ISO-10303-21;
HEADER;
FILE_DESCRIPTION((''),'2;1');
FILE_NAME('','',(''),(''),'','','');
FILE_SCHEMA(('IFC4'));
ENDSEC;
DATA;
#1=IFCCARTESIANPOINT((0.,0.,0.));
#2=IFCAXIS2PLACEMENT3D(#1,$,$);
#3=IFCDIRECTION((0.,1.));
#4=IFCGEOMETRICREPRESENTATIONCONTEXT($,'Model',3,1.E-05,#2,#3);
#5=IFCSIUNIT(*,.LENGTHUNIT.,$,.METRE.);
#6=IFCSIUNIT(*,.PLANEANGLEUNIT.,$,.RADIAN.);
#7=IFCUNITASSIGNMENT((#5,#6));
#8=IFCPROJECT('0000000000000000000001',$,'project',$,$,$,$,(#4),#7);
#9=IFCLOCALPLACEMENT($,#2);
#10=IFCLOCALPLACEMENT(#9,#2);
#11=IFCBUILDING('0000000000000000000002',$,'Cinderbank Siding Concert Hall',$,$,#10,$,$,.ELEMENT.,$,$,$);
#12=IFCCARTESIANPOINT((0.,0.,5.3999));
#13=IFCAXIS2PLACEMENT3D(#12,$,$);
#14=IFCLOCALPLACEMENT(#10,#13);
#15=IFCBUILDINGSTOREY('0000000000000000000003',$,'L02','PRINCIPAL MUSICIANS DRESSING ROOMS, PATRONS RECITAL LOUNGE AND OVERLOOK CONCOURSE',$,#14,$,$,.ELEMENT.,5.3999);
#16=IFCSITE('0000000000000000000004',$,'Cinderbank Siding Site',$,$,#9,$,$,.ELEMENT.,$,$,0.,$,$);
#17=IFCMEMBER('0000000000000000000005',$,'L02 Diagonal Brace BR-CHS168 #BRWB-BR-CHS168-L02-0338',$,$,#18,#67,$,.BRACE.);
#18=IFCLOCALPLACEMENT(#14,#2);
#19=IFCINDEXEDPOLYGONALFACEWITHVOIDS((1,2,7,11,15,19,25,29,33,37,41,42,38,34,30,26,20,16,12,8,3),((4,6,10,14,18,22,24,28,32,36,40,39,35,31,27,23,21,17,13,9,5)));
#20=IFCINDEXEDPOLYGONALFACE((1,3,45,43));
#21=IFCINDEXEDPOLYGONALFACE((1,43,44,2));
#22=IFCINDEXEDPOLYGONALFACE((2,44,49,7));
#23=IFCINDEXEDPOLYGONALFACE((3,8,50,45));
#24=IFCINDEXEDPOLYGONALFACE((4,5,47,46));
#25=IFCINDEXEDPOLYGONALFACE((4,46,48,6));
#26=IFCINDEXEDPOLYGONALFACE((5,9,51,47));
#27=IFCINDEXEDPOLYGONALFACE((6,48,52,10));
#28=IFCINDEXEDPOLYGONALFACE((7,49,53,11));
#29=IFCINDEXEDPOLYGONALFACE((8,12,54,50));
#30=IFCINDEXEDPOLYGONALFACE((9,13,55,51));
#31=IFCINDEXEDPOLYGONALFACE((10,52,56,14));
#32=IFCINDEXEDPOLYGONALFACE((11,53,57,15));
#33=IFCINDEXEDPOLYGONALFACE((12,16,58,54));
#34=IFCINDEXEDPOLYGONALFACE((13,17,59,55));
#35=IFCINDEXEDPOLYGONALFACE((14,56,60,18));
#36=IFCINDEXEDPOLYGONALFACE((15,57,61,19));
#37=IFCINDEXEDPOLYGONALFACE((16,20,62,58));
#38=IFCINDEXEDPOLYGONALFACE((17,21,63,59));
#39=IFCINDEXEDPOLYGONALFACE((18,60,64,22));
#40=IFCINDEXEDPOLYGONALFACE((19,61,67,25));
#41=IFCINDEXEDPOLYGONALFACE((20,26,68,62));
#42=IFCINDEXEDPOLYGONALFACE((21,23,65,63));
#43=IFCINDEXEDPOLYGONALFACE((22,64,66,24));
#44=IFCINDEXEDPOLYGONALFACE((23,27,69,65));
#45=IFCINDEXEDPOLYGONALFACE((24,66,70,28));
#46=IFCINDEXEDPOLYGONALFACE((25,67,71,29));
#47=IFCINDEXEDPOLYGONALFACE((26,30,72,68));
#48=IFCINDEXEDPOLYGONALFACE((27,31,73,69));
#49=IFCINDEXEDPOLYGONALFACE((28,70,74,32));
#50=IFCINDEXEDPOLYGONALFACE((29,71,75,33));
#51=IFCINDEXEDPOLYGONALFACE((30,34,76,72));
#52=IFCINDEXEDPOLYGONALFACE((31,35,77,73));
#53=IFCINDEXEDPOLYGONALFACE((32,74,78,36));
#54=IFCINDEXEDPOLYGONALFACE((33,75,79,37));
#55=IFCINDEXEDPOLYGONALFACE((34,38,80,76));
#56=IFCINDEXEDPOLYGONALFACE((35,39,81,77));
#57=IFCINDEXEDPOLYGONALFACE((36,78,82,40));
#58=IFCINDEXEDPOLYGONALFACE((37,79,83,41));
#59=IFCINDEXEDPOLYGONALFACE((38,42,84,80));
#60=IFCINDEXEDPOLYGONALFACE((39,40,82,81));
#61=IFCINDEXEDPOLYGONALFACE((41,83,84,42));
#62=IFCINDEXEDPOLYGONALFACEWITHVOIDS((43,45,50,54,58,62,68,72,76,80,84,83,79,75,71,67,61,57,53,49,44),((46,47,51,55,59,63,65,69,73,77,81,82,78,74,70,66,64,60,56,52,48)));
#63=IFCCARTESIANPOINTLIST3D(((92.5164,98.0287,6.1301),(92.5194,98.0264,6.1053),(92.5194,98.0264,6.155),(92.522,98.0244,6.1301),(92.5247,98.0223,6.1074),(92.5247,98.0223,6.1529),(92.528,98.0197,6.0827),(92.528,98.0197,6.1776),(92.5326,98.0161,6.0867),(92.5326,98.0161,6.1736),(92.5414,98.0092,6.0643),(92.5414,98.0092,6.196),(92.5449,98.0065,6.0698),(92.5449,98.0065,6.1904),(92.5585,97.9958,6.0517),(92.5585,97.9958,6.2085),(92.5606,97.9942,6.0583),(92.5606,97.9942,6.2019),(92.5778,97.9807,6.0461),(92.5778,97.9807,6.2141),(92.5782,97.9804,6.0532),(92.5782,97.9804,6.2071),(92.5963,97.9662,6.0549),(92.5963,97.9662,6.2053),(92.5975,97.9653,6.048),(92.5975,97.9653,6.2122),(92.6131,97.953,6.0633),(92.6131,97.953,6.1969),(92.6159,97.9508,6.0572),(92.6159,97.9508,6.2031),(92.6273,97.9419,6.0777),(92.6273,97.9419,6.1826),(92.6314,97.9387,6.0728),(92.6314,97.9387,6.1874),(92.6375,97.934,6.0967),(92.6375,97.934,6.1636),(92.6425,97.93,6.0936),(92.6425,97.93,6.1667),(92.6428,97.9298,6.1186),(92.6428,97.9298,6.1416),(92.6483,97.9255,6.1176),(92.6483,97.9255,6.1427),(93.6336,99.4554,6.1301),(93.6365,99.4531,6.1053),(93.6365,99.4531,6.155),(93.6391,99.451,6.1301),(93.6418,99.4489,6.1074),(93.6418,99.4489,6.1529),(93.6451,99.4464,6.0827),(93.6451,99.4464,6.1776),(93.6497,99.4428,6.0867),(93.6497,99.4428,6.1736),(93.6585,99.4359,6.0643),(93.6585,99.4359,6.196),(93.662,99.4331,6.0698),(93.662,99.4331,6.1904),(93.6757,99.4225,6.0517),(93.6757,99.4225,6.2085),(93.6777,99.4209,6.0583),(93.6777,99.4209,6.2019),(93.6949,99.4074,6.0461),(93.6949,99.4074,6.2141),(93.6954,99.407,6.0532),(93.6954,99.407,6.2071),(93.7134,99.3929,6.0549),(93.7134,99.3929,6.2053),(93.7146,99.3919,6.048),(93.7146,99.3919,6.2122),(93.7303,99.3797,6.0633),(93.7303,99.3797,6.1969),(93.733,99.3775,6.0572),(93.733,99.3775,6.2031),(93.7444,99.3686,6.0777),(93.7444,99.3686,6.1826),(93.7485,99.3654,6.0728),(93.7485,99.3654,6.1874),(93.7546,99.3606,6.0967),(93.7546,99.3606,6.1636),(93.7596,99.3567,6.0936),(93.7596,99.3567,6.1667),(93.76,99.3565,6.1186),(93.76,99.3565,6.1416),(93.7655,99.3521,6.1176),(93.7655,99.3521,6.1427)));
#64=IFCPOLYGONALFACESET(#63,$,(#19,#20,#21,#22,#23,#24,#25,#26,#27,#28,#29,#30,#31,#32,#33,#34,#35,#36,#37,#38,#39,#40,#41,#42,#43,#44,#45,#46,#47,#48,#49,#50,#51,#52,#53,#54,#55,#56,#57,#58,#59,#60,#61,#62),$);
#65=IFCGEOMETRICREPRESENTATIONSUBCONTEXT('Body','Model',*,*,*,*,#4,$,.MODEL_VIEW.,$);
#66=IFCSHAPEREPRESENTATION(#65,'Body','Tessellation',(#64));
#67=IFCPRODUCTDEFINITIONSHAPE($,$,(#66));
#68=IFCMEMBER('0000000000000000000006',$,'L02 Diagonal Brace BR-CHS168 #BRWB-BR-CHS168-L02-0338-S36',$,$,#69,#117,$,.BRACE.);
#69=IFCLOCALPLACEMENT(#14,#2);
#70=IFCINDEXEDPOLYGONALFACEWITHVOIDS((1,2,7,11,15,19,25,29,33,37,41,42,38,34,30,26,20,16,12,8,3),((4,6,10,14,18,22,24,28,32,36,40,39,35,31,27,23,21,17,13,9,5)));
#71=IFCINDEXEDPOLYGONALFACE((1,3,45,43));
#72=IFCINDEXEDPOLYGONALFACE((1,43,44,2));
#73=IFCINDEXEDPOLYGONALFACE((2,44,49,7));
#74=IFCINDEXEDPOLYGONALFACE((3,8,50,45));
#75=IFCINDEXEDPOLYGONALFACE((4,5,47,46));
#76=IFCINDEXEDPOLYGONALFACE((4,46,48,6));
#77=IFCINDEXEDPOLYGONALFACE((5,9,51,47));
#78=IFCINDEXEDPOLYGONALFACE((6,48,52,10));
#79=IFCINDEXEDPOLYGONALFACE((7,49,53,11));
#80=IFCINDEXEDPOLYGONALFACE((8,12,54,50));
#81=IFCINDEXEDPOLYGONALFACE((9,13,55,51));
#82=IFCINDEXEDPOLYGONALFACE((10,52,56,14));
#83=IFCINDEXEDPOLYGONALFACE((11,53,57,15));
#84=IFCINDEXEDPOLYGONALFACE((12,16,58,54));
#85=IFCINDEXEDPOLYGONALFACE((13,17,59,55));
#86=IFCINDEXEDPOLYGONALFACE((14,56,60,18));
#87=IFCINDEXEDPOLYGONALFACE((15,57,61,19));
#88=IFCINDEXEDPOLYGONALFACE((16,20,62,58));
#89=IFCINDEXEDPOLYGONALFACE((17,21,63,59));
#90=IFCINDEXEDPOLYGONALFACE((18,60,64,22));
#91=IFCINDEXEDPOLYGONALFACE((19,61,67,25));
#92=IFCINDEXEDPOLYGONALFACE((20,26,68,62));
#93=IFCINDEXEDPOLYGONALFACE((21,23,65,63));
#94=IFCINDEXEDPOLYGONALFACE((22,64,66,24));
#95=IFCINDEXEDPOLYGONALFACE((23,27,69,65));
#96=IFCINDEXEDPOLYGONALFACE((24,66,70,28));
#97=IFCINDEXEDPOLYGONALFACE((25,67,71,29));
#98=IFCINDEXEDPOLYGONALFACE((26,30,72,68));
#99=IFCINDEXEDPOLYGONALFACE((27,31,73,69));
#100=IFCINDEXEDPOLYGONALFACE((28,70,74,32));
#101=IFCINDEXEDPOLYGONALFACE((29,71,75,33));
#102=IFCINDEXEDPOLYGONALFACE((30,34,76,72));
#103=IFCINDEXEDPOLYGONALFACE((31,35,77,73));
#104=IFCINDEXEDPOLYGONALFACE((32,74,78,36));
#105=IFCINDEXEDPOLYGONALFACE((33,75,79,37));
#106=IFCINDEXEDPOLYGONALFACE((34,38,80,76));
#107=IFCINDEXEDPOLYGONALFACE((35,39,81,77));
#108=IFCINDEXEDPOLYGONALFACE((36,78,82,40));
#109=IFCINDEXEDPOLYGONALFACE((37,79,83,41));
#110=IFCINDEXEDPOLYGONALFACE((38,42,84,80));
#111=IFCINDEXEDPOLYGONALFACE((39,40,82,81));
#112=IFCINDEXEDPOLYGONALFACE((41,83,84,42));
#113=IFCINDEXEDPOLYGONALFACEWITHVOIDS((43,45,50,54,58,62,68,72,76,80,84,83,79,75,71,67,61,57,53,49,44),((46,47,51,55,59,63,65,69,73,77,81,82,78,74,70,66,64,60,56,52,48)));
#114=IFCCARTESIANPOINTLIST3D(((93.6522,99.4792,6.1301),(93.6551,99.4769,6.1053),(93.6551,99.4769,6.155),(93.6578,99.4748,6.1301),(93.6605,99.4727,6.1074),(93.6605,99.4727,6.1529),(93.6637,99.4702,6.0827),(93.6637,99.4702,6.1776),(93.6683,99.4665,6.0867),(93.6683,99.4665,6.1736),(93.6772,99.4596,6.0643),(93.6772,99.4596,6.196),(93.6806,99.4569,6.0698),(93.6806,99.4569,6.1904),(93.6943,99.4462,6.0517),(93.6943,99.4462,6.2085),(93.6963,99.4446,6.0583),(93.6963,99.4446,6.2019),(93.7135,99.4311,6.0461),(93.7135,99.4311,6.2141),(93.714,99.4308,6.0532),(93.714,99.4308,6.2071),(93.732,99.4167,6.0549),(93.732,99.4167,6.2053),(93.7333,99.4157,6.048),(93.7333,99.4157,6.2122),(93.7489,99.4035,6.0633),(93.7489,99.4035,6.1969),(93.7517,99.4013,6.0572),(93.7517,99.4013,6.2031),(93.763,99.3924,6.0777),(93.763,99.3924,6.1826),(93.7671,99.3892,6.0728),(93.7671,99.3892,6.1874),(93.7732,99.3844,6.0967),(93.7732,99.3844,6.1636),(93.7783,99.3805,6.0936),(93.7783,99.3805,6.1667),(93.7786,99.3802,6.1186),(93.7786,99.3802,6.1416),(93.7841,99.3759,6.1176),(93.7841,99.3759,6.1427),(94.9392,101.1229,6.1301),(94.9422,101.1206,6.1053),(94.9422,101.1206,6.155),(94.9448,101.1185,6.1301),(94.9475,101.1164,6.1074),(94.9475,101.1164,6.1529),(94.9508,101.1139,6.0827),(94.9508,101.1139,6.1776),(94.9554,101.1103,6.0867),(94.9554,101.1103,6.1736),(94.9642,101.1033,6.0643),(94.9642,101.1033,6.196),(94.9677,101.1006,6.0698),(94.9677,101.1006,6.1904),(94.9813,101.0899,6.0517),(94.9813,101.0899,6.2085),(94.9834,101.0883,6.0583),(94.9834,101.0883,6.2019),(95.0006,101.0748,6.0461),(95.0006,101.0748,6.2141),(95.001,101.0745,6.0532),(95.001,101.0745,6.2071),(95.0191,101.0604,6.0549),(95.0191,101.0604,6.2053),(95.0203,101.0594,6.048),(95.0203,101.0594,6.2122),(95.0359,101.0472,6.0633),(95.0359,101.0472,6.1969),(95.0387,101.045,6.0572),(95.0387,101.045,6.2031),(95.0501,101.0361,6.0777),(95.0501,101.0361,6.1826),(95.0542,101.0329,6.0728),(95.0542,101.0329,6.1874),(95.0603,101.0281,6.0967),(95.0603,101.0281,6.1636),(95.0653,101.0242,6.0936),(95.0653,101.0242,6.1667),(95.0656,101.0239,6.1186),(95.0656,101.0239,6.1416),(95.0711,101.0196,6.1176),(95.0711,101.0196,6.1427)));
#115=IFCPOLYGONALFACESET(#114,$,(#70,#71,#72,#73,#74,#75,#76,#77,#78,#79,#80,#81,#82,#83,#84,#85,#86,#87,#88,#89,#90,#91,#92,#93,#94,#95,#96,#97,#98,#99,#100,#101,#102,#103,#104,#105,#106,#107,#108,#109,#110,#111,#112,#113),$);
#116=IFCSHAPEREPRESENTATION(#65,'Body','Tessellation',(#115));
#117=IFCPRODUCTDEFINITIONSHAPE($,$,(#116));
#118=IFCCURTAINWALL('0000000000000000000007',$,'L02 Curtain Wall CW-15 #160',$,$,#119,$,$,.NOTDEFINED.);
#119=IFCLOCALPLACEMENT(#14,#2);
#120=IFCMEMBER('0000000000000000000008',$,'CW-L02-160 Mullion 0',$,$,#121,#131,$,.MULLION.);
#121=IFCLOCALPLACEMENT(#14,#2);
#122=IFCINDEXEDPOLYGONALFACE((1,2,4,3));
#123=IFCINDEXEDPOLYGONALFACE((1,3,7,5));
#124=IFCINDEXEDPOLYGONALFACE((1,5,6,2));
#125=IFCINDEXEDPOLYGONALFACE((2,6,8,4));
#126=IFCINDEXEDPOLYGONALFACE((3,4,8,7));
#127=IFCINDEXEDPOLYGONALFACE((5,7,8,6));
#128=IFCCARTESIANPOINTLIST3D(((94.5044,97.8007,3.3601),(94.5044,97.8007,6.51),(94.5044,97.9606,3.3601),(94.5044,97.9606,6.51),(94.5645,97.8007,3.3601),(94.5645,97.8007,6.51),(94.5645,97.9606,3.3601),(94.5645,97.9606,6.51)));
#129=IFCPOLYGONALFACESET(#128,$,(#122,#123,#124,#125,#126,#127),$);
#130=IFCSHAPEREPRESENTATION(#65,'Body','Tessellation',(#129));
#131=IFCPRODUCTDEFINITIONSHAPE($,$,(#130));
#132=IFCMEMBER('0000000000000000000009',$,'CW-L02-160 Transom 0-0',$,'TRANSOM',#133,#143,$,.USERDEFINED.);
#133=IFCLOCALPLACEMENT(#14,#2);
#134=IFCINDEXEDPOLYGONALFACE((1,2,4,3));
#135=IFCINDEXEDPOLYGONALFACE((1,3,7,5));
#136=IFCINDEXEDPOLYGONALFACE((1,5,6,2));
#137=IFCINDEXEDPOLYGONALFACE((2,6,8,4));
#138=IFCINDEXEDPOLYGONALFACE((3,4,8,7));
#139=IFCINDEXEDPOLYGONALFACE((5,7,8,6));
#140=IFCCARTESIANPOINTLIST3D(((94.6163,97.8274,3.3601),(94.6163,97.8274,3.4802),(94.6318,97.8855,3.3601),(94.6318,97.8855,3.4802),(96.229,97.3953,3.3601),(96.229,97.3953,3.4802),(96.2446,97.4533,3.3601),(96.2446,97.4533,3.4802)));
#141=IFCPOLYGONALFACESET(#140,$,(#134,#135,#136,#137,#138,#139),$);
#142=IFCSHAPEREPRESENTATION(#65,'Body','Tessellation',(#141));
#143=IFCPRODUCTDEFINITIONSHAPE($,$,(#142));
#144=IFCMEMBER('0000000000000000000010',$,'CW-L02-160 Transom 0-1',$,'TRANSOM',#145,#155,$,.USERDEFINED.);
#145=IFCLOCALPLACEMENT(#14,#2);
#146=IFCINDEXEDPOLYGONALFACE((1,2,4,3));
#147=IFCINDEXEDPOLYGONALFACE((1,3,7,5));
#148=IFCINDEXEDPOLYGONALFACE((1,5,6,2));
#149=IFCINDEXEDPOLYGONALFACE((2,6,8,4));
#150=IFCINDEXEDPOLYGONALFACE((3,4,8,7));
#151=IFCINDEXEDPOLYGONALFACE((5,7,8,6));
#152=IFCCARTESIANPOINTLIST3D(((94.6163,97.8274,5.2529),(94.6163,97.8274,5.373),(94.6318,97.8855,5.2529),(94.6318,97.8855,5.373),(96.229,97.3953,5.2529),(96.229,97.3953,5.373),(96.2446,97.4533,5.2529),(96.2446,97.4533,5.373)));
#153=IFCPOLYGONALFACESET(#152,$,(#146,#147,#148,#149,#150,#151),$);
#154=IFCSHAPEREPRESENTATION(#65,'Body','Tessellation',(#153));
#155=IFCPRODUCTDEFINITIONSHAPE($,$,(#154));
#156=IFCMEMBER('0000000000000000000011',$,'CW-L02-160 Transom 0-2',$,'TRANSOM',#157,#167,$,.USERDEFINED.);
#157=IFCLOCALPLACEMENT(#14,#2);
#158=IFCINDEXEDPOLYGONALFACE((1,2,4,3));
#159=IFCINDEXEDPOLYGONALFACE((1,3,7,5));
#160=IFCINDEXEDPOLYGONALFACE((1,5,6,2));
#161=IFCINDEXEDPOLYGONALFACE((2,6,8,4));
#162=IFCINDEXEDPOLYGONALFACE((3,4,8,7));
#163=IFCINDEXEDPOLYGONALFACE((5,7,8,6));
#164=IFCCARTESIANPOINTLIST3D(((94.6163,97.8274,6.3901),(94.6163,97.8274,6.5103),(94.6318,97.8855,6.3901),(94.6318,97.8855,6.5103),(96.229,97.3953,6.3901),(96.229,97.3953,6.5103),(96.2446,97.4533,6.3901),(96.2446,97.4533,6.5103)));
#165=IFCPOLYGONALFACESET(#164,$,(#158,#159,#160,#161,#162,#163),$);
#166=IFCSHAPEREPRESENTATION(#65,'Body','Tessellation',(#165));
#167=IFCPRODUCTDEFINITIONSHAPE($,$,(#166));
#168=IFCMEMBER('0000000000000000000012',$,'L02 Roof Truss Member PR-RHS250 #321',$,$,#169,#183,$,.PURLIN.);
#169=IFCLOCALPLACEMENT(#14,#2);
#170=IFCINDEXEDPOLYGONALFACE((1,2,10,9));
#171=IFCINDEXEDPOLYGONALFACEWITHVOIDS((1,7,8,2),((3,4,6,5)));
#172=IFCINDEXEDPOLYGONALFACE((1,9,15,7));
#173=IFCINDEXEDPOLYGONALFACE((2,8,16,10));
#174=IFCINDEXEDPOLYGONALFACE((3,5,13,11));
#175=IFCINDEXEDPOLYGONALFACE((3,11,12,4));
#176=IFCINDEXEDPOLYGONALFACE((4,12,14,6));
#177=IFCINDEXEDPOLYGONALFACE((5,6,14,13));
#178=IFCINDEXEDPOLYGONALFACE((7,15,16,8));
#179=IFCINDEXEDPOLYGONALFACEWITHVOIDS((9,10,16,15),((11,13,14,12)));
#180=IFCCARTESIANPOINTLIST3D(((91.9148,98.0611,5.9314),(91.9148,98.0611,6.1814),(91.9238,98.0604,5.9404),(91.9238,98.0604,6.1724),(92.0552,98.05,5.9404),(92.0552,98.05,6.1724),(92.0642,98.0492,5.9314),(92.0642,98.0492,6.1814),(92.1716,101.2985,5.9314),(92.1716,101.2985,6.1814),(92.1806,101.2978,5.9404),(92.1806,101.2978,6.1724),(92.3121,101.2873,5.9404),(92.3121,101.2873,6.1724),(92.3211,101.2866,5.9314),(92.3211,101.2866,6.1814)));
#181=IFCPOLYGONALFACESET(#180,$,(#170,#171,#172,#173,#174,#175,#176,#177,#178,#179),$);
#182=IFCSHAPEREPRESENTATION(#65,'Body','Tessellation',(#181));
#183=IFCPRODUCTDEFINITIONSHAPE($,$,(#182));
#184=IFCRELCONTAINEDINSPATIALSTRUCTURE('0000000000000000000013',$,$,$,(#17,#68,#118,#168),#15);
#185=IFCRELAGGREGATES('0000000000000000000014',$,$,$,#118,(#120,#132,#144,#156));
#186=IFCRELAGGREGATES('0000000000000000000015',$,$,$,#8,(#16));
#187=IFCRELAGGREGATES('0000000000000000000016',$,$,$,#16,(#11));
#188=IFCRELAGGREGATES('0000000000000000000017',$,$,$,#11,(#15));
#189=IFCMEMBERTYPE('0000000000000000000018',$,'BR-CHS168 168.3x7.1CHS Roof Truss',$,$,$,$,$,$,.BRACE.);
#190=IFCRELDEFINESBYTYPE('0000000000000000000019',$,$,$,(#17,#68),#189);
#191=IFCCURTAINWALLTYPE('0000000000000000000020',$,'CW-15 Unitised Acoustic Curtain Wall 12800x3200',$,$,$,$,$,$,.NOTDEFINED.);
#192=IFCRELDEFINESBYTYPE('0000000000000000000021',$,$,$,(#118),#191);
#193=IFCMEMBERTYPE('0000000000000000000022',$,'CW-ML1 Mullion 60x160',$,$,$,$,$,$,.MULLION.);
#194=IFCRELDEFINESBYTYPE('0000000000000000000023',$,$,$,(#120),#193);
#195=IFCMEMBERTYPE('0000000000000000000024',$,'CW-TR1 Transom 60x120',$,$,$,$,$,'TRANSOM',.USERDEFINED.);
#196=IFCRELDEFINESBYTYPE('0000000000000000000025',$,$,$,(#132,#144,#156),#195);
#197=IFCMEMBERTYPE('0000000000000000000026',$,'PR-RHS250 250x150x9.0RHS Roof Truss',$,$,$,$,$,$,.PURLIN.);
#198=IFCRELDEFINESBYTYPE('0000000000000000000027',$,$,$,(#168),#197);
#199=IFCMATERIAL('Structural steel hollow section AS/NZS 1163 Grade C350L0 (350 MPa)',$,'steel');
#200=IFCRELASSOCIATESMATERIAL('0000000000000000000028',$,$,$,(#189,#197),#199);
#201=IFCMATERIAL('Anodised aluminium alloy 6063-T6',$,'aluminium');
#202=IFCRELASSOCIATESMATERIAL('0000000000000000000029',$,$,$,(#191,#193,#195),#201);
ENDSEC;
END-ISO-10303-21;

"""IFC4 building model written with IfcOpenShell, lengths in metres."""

from ifc_helpers import new_model, si_unit, direction, frame, origin, origin_2d, place, context, subcontext, project, spatial, rectangle, hollow_rectangle, hollow_circle, extrude, material, material_profile, profile_set, type_object, element, aggregate, save


model = new_model("IFC4")

# Units and contexts
model_context = context("Model", 3, precision=1e-05, world=origin(), true_north=direction((0.0, 1.0)))
body_context = subcontext(model_context, "Body", "Model", "MODEL_VIEW")
ifc_project = project(units=[si_unit("LENGTHUNIT", "METRE"), si_unit("PLANEANGLEUNIT", "RADIAN")], contexts=[model_context])

# Site, building, storey
site_placement = place(None, origin())
site = spatial("IfcSite", under=ifc_project, at=site_placement, Name="Cinderbank Siding Site", CompositionType="ELEMENT", RefElevation=0.0)
building_placement = place(site_placement, origin())
building = spatial("IfcBuilding", under=site, at=building_placement, Name="Cinderbank Siding Concert Hall", CompositionType="ELEMENT")
storey_placement = place(building_placement, frame((0.0, 0.0, 5.3999)))
storey = spatial("IfcBuildingStorey", under=building, at=storey_placement, Name="L02", Description="PRINCIPAL MUSICIANS DRESSING ROOMS, PATRONS RECITAL LOUNGE AND OVERLOOK CONCOURSE", CompositionType="ELEMENT", Elevation=5.3999)

# Members
ifc_material_1 = material(Name="Structural steel hollow section AS/NZS 1163 Grade C350L0 (350 MPa)", Category="steel")
ifc_material_profile_1 = material_profile(ifc_material_1, hollow_circle(Radius=0.0842, WallThickness=0.0071, at=origin_2d()), Name="168.3x7.1CHS", Category="LoadBearing")
ifc_profile_set_1 = profile_set([ifc_material_profile_1], Name="Structural steel hollow section AS/NZS 1163 Grade C350L0 (350 MPa)")
member_type_1 = type_object("IfcMemberType", Name="BR-CHS168 168.3x7.1CHS Roof Truss", PredefinedType="BRACE", material=ifc_profile_set_1)
member_1_placement = place(storey_placement, frame((92.5828, 97.9768, 6.1301), z_axis=(0.616512, 0.787346, 0.0), x_axis=(-0.787346, 0.616512, 0.0)))
element("IfcMember", 1, at=member_1_placement, inside=storey, type_object=member_type_1, Name="L02 Diagonal Brace BR-CHS168 #BRWB-BR-CHS168-L02-0338", PredefinedType="BRACE", context=body_context, shape_type="SweptSolid", body=[
    extrude(hollow_circle(Radius=0.0842, WallThickness=0.0071, at=origin_2d()), origin(), (0.0, 0.0, 1.0), 1.812),
])
member_2_placement = place(storey_placement, frame((93.7185, 99.4272, 6.1301), z_axis=(0.616504, 0.787352, 0.0), x_axis=(-0.787352, 0.616504, 0.0)))
element("IfcMember", 2, at=member_2_placement, inside=storey, type_object=member_type_1, Name="L02 Diagonal Brace BR-CHS168 #BRWB-BR-CHS168-L02-0338-S36", PredefinedType="BRACE", context=body_context, shape_type="SweptSolid", body=[
    extrude(hollow_circle(Radius=0.0842, WallThickness=0.0071, at=origin_2d()), origin(), (0.0, 0.0, 1.0), 2.0876),
])

# Curtain wall, members
ifc_material_2 = material(Name="Anodised aluminium alloy 6063-T6", Category="aluminium")
curtain_wall_type = type_object("IfcCurtainWallType", Name="CW-15 Unitised Acoustic Curtain Wall 12800x3200", PredefinedType="NOTDEFINED", material=ifc_material_2)
curtain_wall_placement = place(storey_placement, origin())
curtain_wall = element("IfcCurtainWall", 3, at=curtain_wall_placement, inside=storey, type_object=curtain_wall_type, Name="L02 Curtain Wall CW-15 #160", PredefinedType="NOTDEFINED")
ifc_material_profile_2 = material_profile(ifc_material_2, rectangle(XDim=0.0601, YDim=0.1599, at=origin_2d()), Name="ALU-MULL-60x160", Category="LoadBearing")
ifc_profile_set_2 = profile_set([ifc_material_profile_2], Name="Anodised aluminium alloy 6063-T6")
member_type_2 = type_object("IfcMemberType", Name="CW-ML1 Mullion 60x160", PredefinedType="MULLION", material=ifc_profile_set_2)
member_3_placement = place(storey_placement, frame((94.5344, 97.8806, 3.3601), z_axis=(0.0, 0.0, 1.0), x_axis=(1.0, 0.0, 0.0)))
member_3 = element("IfcMember", 4, at=member_3_placement, type_object=member_type_2, Name="CW-L02-160 Mullion 0", PredefinedType="MULLION", context=body_context, shape_type="SweptSolid", body=[
    extrude(rectangle(XDim=0.0601, YDim=0.1599, at=origin_2d()), origin(), (0.0, 0.0, 1.0), 3.1499),
])
ifc_material_profile_3 = material_profile(ifc_material_2, rectangle(XDim=0.0601, YDim=0.1201, at=origin_2d()), Name="ALU-TRAN-60x120", Category="LoadBearing")
ifc_profile_set_3 = profile_set([ifc_material_profile_3], Name="Anodised aluminium alloy 6063-T6")
member_type_3 = type_object("IfcMemberType", Name="CW-TR1 Transom 60x120", ElementType="TRANSOM", PredefinedType="USERDEFINED", material=ifc_profile_set_3)
member_4_placement = place(storey_placement, frame((94.624, 97.8564, 3.4202), z_axis=(0.965928, -0.258809, 0.0), x_axis=(0.258809, 0.965928, 0.0)))
member_4 = element("IfcMember", 5, at=member_4_placement, type_object=member_type_3, Name="CW-L02-160 Transom 0-0", ObjectType="TRANSOM", PredefinedType="USERDEFINED", context=body_context, shape_type="SweptSolid", body=[
    extrude(rectangle(XDim=0.0601, YDim=0.1201, at=origin_2d()), origin(), (0.0, 0.0, 1.0), 1.6697),
])
member_5_placement = place(storey_placement, frame((94.624, 97.8564, 5.313), z_axis=(0.965928, -0.258809, 0.0), x_axis=(0.258809, 0.965928, 0.0)))
member_5 = element("IfcMember", 6, at=member_5_placement, type_object=member_type_3, Name="CW-L02-160 Transom 0-1", ObjectType="TRANSOM", PredefinedType="USERDEFINED", context=body_context, shape_type="SweptSolid", body=[
    extrude(rectangle(XDim=0.0601, YDim=0.1201, at=origin_2d()), origin(), (0.0, 0.0, 1.0), 1.6697),
])
member_6_placement = place(storey_placement, frame((94.624, 97.8564, 6.4502), z_axis=(0.965928, -0.258809, 0.0), x_axis=(0.258809, 0.965928, 0.0)))
member_6 = element("IfcMember", 7, at=member_6_placement, type_object=member_type_3, Name="CW-L02-160 Transom 0-2", ObjectType="TRANSOM", PredefinedType="USERDEFINED", context=body_context, shape_type="SweptSolid", body=[
    extrude(rectangle(XDim=0.0601, YDim=0.1201, at=origin_2d()), origin(), (0.0, 0.0, 1.0), 1.6697),
])
aggregate(curtain_wall, [member_3, member_4, member_5, member_6])

# Member
ifc_material_profile_4 = material_profile(ifc_material_1, hollow_rectangle(XDim=0.1499, YDim=0.25, WallThickness=0.009, at=origin_2d()), Name="250x150x9.0RHS", Category="LoadBearing")
ifc_profile_set_4 = profile_set([ifc_material_profile_4], Name="Structural steel hollow section AS/NZS 1163 Grade C350L0 (350 MPa)")
member_type_4 = type_object("IfcMemberType", Name="PR-RHS250 250x150x9.0RHS Roof Truss", PredefinedType="PURLIN", material=ifc_profile_set_4)
member_7_placement = place(storey_placement, frame((91.9895, 98.0552, 6.0564), z_axis=(0.079088, 0.996868, 0.0), x_axis=(-0.996868, 0.079088, 0.0)))
element("IfcMember", 8, at=member_7_placement, inside=storey, type_object=member_type_4, Name="L02 Roof Truss Member PR-RHS250 #321", PredefinedType="PURLIN", context=body_context, shape_type="SweptSolid", body=[
    extrude(hollow_rectangle(XDim=0.1499, YDim=0.25, WallThickness=0.009, at=origin_2d()), origin(), (0.0, 0.0, 1.0), 3.2476),
])

save(model, "model.ifc")
